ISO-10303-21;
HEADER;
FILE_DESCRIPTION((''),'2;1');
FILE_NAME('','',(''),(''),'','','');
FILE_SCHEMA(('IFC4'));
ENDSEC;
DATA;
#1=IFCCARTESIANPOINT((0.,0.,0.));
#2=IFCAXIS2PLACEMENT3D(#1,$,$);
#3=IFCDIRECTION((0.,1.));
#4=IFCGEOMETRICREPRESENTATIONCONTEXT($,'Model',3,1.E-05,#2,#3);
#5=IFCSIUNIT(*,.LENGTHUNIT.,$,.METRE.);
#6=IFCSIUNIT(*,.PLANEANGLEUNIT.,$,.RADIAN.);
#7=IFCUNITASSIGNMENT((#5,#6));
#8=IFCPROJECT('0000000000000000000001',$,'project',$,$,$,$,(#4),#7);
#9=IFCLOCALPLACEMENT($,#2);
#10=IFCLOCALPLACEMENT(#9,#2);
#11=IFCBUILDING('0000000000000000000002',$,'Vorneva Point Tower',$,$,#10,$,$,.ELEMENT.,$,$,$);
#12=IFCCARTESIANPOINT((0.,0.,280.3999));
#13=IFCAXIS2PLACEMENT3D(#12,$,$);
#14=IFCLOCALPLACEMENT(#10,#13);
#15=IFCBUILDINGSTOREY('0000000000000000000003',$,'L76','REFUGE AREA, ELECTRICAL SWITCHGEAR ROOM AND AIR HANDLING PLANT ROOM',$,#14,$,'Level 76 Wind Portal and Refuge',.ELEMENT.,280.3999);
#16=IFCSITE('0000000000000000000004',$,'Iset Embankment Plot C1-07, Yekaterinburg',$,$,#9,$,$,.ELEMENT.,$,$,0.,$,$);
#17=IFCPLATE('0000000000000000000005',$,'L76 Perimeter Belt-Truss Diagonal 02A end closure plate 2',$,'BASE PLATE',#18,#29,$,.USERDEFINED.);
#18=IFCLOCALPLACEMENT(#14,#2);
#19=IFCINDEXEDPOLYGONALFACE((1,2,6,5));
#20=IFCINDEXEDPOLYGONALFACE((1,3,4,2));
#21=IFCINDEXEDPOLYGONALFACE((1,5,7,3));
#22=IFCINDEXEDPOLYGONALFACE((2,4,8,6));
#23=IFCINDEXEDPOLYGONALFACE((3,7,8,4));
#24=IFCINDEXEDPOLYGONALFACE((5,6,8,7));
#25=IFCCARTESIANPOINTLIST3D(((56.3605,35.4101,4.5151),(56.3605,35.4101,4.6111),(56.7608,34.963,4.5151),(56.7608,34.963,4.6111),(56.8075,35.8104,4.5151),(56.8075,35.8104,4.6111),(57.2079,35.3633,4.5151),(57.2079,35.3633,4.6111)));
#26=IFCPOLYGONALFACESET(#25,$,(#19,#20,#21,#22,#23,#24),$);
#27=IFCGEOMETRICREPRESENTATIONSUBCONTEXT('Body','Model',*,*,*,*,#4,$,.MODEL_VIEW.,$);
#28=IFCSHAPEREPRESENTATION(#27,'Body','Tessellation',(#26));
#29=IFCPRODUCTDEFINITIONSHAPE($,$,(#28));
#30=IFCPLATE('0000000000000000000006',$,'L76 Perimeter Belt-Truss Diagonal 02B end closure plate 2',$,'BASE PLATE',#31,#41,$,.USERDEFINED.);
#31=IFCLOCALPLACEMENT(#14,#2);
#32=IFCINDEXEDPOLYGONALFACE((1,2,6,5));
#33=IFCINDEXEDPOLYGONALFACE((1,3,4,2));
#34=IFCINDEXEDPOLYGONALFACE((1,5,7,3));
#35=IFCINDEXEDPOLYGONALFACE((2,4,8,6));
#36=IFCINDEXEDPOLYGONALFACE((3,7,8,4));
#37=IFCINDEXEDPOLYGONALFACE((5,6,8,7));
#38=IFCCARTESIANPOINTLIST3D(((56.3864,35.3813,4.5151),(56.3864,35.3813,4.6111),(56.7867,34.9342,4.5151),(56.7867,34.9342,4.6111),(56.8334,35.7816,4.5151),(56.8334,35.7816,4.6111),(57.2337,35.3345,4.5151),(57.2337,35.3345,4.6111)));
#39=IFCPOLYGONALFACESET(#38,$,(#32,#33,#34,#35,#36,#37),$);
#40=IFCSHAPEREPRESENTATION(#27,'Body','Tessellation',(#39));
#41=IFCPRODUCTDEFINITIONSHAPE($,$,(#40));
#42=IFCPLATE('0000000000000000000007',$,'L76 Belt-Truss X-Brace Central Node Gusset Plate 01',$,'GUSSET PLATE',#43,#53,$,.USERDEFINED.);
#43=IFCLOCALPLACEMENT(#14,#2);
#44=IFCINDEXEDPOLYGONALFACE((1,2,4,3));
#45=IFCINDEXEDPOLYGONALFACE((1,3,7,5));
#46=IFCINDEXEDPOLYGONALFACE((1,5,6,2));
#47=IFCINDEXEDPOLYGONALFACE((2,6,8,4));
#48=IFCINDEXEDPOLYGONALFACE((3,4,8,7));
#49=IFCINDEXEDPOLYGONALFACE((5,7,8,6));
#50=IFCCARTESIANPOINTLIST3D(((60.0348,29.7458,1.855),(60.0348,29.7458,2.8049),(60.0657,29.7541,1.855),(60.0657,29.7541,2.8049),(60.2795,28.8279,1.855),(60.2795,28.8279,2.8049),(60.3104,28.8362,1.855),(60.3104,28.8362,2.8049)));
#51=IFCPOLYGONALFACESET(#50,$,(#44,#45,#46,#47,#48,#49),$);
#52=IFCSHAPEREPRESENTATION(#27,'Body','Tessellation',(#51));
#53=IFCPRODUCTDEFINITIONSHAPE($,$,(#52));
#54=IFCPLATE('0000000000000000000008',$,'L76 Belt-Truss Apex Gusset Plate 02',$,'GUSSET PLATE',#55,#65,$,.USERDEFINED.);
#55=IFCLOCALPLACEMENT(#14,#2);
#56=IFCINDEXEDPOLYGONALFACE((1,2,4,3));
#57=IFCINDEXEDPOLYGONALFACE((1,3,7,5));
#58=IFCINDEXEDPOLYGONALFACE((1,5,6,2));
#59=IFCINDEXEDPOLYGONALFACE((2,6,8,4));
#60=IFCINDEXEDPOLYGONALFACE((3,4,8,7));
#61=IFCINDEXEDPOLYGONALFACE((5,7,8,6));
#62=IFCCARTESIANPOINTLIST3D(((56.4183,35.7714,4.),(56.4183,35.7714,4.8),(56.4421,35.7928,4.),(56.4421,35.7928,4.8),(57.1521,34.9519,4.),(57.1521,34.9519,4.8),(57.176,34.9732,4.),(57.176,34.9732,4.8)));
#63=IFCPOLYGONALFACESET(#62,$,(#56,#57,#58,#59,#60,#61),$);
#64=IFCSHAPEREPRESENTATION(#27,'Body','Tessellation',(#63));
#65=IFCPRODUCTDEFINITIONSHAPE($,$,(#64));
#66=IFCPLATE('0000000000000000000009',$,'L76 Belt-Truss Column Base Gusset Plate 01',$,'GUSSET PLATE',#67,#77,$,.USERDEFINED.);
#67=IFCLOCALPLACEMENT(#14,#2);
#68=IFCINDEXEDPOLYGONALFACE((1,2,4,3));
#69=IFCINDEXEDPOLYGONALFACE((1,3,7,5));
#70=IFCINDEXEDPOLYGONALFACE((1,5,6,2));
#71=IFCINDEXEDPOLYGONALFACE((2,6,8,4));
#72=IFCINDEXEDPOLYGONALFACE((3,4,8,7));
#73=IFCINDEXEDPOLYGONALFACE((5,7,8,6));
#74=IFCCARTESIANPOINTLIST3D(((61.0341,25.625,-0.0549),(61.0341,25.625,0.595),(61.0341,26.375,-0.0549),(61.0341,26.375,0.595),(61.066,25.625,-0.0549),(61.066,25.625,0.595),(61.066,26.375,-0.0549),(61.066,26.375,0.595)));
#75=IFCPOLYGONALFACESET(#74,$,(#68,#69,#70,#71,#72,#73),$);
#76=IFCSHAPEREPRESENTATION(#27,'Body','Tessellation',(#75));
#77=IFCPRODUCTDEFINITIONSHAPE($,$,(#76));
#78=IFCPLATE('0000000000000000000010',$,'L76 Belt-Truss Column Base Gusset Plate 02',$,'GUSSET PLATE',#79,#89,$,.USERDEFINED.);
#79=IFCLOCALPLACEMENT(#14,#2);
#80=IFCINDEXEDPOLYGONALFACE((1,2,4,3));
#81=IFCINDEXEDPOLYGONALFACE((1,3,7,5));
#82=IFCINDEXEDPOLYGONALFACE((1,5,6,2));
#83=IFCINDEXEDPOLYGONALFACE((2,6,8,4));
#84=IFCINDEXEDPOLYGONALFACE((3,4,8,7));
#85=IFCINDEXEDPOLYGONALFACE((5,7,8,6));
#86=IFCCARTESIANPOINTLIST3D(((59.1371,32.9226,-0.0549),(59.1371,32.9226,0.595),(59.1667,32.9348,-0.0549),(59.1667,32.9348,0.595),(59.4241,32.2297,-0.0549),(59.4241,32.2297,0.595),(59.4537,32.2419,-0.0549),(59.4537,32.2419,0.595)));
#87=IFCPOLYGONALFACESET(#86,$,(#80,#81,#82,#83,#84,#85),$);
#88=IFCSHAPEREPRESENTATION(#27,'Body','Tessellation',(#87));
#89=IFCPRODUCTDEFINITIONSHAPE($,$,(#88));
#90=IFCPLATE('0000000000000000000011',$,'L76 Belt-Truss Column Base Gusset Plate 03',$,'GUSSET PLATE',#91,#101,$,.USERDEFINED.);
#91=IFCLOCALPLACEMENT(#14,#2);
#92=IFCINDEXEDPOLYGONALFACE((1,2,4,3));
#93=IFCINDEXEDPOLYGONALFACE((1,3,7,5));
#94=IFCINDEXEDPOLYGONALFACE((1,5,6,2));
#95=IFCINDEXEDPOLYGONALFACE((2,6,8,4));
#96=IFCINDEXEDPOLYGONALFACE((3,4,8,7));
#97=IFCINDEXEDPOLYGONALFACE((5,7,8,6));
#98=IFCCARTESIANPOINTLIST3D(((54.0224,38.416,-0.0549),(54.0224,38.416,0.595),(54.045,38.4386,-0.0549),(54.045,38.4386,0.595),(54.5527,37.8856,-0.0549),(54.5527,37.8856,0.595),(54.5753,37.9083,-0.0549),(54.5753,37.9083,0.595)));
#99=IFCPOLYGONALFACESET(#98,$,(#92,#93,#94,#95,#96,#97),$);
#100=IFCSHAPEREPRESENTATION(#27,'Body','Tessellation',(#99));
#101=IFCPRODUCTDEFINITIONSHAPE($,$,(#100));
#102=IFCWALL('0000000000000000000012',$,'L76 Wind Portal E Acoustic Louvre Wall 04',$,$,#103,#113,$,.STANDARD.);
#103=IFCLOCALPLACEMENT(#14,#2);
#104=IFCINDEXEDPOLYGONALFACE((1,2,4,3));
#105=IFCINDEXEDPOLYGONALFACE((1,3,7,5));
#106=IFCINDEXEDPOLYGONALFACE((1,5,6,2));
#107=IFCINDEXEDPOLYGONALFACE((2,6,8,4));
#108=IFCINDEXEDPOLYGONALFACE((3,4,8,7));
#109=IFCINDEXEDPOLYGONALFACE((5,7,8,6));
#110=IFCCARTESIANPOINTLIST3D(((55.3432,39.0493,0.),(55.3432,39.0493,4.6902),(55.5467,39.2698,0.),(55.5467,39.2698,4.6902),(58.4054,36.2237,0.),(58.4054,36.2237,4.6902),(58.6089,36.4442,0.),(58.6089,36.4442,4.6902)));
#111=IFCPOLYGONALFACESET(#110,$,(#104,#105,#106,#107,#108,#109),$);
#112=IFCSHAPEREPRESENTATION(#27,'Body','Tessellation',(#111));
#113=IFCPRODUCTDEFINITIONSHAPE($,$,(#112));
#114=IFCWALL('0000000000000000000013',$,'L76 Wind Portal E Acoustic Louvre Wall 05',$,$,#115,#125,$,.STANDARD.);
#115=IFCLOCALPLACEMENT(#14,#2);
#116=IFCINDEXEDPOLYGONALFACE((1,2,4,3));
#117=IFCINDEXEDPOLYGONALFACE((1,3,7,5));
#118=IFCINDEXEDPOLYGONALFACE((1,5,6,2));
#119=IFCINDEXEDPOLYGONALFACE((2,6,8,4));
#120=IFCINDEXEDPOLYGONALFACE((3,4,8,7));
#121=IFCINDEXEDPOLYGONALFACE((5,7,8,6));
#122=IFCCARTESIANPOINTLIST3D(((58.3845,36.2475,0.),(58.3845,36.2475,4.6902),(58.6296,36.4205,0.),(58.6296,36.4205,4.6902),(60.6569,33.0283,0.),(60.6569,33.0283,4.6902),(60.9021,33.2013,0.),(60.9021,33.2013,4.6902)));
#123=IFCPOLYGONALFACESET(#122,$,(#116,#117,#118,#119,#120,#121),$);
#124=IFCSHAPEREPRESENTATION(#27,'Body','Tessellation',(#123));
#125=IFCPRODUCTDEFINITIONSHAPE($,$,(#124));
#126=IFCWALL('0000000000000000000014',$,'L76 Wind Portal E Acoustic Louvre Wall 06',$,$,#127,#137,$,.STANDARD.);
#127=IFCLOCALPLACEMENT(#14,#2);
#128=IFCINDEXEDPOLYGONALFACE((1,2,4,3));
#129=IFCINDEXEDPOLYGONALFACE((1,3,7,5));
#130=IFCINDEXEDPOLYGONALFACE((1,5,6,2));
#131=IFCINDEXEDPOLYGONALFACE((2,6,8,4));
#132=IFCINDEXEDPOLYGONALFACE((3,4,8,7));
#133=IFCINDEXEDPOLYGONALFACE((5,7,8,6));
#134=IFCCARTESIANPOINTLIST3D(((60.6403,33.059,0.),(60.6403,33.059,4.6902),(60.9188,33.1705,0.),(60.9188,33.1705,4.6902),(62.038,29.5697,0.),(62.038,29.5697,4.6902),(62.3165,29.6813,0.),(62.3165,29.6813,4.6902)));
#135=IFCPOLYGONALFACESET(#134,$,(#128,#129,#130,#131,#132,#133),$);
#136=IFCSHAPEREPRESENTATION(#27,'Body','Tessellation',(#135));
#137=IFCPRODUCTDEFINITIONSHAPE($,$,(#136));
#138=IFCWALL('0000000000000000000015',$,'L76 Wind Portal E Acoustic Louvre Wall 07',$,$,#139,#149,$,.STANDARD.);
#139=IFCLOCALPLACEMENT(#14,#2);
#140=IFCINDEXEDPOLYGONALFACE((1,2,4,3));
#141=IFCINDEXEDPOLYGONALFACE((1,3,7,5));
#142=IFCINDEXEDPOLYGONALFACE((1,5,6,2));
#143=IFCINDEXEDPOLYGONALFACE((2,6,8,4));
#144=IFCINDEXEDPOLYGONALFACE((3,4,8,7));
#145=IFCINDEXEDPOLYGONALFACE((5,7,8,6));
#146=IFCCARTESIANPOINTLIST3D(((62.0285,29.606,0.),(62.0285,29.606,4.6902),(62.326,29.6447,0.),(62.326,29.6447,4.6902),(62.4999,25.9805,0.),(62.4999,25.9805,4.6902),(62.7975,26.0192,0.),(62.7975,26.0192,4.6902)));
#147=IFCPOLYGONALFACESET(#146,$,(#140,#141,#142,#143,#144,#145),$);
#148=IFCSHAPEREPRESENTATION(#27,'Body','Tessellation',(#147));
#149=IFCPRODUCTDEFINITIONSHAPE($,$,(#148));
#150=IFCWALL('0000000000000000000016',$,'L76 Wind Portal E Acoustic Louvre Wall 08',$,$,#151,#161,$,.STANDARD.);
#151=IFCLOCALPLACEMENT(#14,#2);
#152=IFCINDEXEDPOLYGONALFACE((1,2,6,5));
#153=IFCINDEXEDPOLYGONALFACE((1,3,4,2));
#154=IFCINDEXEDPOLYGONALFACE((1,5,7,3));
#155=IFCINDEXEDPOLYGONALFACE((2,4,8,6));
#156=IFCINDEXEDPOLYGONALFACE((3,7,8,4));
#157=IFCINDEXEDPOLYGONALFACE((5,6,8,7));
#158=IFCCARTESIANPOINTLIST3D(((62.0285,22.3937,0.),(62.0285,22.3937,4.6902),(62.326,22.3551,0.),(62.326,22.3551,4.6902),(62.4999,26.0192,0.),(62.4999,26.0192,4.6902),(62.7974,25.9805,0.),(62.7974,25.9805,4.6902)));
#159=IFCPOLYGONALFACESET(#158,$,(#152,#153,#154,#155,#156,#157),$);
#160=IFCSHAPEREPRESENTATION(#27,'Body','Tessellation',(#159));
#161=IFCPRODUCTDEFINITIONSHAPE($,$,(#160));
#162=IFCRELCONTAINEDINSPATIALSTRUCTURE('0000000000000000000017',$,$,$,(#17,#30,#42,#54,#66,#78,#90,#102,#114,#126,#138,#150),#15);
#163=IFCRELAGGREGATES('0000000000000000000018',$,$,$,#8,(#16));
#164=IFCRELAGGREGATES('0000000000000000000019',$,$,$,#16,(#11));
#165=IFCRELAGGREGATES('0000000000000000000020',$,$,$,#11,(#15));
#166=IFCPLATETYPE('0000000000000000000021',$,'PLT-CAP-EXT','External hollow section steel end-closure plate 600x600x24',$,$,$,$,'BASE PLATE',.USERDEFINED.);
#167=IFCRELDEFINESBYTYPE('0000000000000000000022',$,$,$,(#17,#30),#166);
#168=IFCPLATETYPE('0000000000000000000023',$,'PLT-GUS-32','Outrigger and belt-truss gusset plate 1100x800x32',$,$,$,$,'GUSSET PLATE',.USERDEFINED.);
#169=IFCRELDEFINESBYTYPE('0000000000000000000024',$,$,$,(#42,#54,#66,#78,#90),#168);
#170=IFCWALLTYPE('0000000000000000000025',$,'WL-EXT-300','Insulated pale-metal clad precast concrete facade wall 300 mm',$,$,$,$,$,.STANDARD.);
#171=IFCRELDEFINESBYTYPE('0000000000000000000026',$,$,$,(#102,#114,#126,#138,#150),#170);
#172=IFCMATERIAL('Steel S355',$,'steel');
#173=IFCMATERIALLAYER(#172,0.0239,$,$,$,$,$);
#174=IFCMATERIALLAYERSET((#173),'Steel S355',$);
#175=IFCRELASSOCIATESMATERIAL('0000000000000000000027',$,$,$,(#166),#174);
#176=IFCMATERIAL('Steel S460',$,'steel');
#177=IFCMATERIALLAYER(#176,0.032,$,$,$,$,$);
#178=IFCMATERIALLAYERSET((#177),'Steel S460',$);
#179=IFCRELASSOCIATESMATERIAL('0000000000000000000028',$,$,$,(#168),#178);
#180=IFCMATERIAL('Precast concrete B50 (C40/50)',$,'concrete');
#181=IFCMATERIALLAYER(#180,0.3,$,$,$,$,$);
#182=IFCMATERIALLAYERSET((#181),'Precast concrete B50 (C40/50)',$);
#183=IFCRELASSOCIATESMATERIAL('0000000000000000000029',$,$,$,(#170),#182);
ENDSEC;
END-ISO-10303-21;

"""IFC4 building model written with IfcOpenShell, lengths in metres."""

from ifc_helpers import new_model, si_unit, direction, frame, frame_2d, origin, origin_2d, place, context, subcontext, project, spatial, rectangle, extrude, material, layer, layer_set, type_object, element, save


model = new_model("IFC4")

# Units and contexts
model_context = context("Model", 3, precision=1e-05, world=origin(), true_north=direction((0.0, 1.0)))
body_context = subcontext(model_context, "Body", "Model", "MODEL_VIEW")
ifc_project = project(units=[si_unit("LENGTHUNIT", "METRE"), si_unit("PLANEANGLEUNIT", "RADIAN")], contexts=[model_context])

# Site, building, storey
site_placement = place(None, origin())
site = spatial("IfcSite", under=ifc_project, at=site_placement, Name="Iset Embankment Plot C1-07, Yekaterinburg", CompositionType="ELEMENT", RefElevation=0.0)
building_placement = place(site_placement, origin())
building = spatial("IfcBuilding", under=site, at=building_placement, Name="Vorneva Point Tower", CompositionType="ELEMENT")
storey_placement = place(building_placement, frame((0.0, 0.0, 280.3999)))
storey = spatial("IfcBuildingStorey", under=building, at=storey_placement, Name="L76", Description="REFUGE AREA, ELECTRICAL SWITCHGEAR ROOM AND AIR HANDLING PLANT ROOM", LongName="Level 76 Wind Portal and Refuge", CompositionType="ELEMENT", Elevation=280.3999)

# Shared definitions
ifc_material_1 = material(Name="Steel S460", Category="steel")
ifc_material_2 = material(Name="Steel S355", Category="steel")

# Plates
ifc_layer_1 = layer(ifc_material_2, 0.0239)
ifc_layer_set_1 = layer_set([ifc_layer_1], Name="Steel S355")
plate_type_1 = type_object("IfcPlateType", Name="PLT-CAP-EXT", Description="External hollow section steel end-closure plate 600x600x24", ElementType="BASE PLATE", PredefinedType="USERDEFINED", material=ifc_layer_set_1)
for number, where, z_axis, x_axis, name in (
    (1, (56.7842, 35.3867, 4.5151), (0.0, 0.0, 1.0), (-0.667092, 0.744976, 0.0), "L76 Perimeter Belt-Truss Diagonal 02A end closure plate 2"),
    (2, (56.8101, 35.3579, 4.5151), (0.0, 0.0, 1.0), (0.667092, -0.744976, 0.0), "L76 Perimeter Belt-Truss Diagonal 02B end closure plate 2"),
):
    element("IfcPlate", number, at=place(storey_placement, frame(where, z_axis=z_axis, x_axis=x_axis)), inside=storey, type_object=plate_type_1, Name=name, ObjectType="BASE PLATE", PredefinedType="USERDEFINED", context=body_context, shape_type="SweptSolid", body=[
        extrude(rectangle(XDim=0.6001, YDim=0.6001, at=origin_2d()), origin(), (0.0, 0.0, 1.0), 0.0959),
    ])
ifc_layer_2 = layer(ifc_material_1, 0.032)
ifc_layer_set_2 = layer_set([ifc_layer_2], Name="Steel S460")
plate_type_2 = type_object("IfcPlateType", Name="PLT-GUS-32", Description="Outrigger and belt-truss gusset plate 1100x800x32", ElementType="GUSSET PLATE", PredefinedType="USERDEFINED", material=ifc_layer_set_2)
plate_1_placement = place(storey_placement, frame((60.1726, 29.291, 1.855), z_axis=(0.0, 0.0, 1.0), x_axis=(-0.257571, 0.966259, 0.0)))
element("IfcPlate", 3, at=plate_1_placement, inside=storey, type_object=plate_type_2, Name="L76 Belt-Truss X-Brace Central Node Gusset Plate 01", ObjectType="GUSSET PLATE", PredefinedType="USERDEFINED", context=body_context, shape_type="SweptSolid", body=[
    extrude(rectangle(XDim=0.95, YDim=0.032, at=origin_2d()), origin(), (0.0, 0.0, 1.0), 0.95),
])
plate_2_placement = place(storey_placement, frame((56.7971, 35.3723, 4.0), z_axis=(0.0, 0.0, 1.0), x_axis=(-0.667092, 0.744976, 0.0)))
element("IfcPlate", 4, at=plate_2_placement, inside=storey, type_object=plate_type_2, Name="L76 Belt-Truss Apex Gusset Plate 02", ObjectType="GUSSET PLATE", PredefinedType="USERDEFINED", context=body_context, shape_type="SweptSolid", body=[
    extrude(rectangle(XDim=1.1001, YDim=0.032, at=origin_2d()), origin(), (0.0, 0.0, 1.0), 0.8),
])
for number, where, z_axis, x_axis, name in (
    (5, (61.05, 26.0, -0.0549), (0.0, 0.0, 1.0), (0.0, 1.0, 0.0), "L76 Belt-Truss Column Base Gusset Plate 01"),
    (6, (59.2954, 32.5823, -0.0549), (0.0, 0.0, 1.0), (-0.382683, 0.92388, 0.0), "L76 Belt-Truss Column Base Gusset Plate 02"),
    (7, (54.2988, 38.1621, -0.0549), (0.0, 0.0, 1.0), (-0.707107, 0.707107, 0.0), "L76 Belt-Truss Column Base Gusset Plate 03"),
):
    element("IfcPlate", number, at=place(storey_placement, frame(where, z_axis=z_axis, x_axis=x_axis)), inside=storey, type_object=plate_type_2, Name=name, ObjectType="GUSSET PLATE", PredefinedType="USERDEFINED", context=body_context, shape_type="SweptSolid", body=[
        extrude(rectangle(XDim=0.75, YDim=0.032, at=origin_2d()), origin(), (0.0, 0.0, 1.0), 0.6499),
    ])

# Walls
ifc_material_3 = material(Name="Precast concrete B50 (C40/50)", Category="concrete")
ifc_layer_3 = layer(ifc_material_3, 0.3)
ifc_layer_set_3 = layer_set([ifc_layer_3], Name="Precast concrete B50 (C40/50)")
wall_type = type_object("IfcWallType", Name="WL-EXT-300", Description="Insulated pale-metal clad precast concrete facade wall 300 mm", PredefinedType="STANDARD", material=ifc_layer_set_3)
wall_1_placement = place(storey_placement, frame((55.4448, 39.1597, 0.0), z_axis=(0.0, 0.0, 1.0), x_axis=(0.734925, -0.678149, 0.0)))
element("IfcWall", 8, at=wall_1_placement, inside=storey, type_object=wall_type, Name="L76 Wind Portal E Acoustic Louvre Wall 04", PredefinedType="STANDARD", context=body_context, shape_type="SweptSolid", body=[
    extrude(rectangle(XDim=4.1667, YDim=0.3, at=frame_2d((2.0835, 0.0))), origin(), (0.0, 0.0, 1.0), 4.6902),
])
wall_2_placement = place(storey_placement, frame((58.5071, 36.334, 0.0), z_axis=(0.0, 0.0, 1.0), x_axis=(0.576693, -0.816961, 0.0)))
element("IfcWall", 9, at=wall_2_placement, inside=storey, type_object=wall_type, Name="L76 Wind Portal E Acoustic Louvre Wall 05", PredefinedType="STANDARD", context=body_context, shape_type="SweptSolid", body=[
    extrude(rectangle(XDim=3.9404, YDim=0.3, at=frame_2d((1.9702, 0.0))), origin(), (0.0, 0.0, 1.0), 4.6902),
])
wall_3_placement = place(storey_placement, frame((60.7795, 33.1147, 0.0), z_axis=(0.0, 0.0, 1.0), x_axis=(0.37185, -0.928293, 0.0)))
element("IfcWall", 10, at=wall_3_placement, inside=storey, type_object=wall_type, Name="L76 Wind Portal E Acoustic Louvre Wall 06", PredefinedType="STANDARD", context=body_context, shape_type="SweptSolid", body=[
    extrude(rectangle(XDim=3.7588, YDim=0.3, at=frame_2d((1.8794, 0.0))), origin(), (0.0, 0.0, 1.0), 4.6902),
])
for number, where, z_axis, x_axis, name in (
    (11, (62.1772, 29.6255, 0.0), (0.0, 0.0, 1.0), (0.128948, -0.991651, 0.0), "L76 Wind Portal E Acoustic Louvre Wall 07"),
    (12, (62.6487, 26.0, 0.0), (0.0, 0.0, 1.0), (-0.128948, -0.991651, 0.0), "L76 Wind Portal E Acoustic Louvre Wall 08"),
):
    element("IfcWall", number, at=place(storey_placement, frame(where, z_axis=z_axis, x_axis=x_axis)), inside=storey, type_object=wall_type, Name=name, PredefinedType="STANDARD", context=body_context, shape_type="SweptSolid", body=[
        extrude(rectangle(XDim=3.656, YDim=0.3, at=frame_2d((1.8281, 0.0))), origin(), (0.0, 0.0, 1.0), 4.6902),
    ])

save(model, "model.ifc")
